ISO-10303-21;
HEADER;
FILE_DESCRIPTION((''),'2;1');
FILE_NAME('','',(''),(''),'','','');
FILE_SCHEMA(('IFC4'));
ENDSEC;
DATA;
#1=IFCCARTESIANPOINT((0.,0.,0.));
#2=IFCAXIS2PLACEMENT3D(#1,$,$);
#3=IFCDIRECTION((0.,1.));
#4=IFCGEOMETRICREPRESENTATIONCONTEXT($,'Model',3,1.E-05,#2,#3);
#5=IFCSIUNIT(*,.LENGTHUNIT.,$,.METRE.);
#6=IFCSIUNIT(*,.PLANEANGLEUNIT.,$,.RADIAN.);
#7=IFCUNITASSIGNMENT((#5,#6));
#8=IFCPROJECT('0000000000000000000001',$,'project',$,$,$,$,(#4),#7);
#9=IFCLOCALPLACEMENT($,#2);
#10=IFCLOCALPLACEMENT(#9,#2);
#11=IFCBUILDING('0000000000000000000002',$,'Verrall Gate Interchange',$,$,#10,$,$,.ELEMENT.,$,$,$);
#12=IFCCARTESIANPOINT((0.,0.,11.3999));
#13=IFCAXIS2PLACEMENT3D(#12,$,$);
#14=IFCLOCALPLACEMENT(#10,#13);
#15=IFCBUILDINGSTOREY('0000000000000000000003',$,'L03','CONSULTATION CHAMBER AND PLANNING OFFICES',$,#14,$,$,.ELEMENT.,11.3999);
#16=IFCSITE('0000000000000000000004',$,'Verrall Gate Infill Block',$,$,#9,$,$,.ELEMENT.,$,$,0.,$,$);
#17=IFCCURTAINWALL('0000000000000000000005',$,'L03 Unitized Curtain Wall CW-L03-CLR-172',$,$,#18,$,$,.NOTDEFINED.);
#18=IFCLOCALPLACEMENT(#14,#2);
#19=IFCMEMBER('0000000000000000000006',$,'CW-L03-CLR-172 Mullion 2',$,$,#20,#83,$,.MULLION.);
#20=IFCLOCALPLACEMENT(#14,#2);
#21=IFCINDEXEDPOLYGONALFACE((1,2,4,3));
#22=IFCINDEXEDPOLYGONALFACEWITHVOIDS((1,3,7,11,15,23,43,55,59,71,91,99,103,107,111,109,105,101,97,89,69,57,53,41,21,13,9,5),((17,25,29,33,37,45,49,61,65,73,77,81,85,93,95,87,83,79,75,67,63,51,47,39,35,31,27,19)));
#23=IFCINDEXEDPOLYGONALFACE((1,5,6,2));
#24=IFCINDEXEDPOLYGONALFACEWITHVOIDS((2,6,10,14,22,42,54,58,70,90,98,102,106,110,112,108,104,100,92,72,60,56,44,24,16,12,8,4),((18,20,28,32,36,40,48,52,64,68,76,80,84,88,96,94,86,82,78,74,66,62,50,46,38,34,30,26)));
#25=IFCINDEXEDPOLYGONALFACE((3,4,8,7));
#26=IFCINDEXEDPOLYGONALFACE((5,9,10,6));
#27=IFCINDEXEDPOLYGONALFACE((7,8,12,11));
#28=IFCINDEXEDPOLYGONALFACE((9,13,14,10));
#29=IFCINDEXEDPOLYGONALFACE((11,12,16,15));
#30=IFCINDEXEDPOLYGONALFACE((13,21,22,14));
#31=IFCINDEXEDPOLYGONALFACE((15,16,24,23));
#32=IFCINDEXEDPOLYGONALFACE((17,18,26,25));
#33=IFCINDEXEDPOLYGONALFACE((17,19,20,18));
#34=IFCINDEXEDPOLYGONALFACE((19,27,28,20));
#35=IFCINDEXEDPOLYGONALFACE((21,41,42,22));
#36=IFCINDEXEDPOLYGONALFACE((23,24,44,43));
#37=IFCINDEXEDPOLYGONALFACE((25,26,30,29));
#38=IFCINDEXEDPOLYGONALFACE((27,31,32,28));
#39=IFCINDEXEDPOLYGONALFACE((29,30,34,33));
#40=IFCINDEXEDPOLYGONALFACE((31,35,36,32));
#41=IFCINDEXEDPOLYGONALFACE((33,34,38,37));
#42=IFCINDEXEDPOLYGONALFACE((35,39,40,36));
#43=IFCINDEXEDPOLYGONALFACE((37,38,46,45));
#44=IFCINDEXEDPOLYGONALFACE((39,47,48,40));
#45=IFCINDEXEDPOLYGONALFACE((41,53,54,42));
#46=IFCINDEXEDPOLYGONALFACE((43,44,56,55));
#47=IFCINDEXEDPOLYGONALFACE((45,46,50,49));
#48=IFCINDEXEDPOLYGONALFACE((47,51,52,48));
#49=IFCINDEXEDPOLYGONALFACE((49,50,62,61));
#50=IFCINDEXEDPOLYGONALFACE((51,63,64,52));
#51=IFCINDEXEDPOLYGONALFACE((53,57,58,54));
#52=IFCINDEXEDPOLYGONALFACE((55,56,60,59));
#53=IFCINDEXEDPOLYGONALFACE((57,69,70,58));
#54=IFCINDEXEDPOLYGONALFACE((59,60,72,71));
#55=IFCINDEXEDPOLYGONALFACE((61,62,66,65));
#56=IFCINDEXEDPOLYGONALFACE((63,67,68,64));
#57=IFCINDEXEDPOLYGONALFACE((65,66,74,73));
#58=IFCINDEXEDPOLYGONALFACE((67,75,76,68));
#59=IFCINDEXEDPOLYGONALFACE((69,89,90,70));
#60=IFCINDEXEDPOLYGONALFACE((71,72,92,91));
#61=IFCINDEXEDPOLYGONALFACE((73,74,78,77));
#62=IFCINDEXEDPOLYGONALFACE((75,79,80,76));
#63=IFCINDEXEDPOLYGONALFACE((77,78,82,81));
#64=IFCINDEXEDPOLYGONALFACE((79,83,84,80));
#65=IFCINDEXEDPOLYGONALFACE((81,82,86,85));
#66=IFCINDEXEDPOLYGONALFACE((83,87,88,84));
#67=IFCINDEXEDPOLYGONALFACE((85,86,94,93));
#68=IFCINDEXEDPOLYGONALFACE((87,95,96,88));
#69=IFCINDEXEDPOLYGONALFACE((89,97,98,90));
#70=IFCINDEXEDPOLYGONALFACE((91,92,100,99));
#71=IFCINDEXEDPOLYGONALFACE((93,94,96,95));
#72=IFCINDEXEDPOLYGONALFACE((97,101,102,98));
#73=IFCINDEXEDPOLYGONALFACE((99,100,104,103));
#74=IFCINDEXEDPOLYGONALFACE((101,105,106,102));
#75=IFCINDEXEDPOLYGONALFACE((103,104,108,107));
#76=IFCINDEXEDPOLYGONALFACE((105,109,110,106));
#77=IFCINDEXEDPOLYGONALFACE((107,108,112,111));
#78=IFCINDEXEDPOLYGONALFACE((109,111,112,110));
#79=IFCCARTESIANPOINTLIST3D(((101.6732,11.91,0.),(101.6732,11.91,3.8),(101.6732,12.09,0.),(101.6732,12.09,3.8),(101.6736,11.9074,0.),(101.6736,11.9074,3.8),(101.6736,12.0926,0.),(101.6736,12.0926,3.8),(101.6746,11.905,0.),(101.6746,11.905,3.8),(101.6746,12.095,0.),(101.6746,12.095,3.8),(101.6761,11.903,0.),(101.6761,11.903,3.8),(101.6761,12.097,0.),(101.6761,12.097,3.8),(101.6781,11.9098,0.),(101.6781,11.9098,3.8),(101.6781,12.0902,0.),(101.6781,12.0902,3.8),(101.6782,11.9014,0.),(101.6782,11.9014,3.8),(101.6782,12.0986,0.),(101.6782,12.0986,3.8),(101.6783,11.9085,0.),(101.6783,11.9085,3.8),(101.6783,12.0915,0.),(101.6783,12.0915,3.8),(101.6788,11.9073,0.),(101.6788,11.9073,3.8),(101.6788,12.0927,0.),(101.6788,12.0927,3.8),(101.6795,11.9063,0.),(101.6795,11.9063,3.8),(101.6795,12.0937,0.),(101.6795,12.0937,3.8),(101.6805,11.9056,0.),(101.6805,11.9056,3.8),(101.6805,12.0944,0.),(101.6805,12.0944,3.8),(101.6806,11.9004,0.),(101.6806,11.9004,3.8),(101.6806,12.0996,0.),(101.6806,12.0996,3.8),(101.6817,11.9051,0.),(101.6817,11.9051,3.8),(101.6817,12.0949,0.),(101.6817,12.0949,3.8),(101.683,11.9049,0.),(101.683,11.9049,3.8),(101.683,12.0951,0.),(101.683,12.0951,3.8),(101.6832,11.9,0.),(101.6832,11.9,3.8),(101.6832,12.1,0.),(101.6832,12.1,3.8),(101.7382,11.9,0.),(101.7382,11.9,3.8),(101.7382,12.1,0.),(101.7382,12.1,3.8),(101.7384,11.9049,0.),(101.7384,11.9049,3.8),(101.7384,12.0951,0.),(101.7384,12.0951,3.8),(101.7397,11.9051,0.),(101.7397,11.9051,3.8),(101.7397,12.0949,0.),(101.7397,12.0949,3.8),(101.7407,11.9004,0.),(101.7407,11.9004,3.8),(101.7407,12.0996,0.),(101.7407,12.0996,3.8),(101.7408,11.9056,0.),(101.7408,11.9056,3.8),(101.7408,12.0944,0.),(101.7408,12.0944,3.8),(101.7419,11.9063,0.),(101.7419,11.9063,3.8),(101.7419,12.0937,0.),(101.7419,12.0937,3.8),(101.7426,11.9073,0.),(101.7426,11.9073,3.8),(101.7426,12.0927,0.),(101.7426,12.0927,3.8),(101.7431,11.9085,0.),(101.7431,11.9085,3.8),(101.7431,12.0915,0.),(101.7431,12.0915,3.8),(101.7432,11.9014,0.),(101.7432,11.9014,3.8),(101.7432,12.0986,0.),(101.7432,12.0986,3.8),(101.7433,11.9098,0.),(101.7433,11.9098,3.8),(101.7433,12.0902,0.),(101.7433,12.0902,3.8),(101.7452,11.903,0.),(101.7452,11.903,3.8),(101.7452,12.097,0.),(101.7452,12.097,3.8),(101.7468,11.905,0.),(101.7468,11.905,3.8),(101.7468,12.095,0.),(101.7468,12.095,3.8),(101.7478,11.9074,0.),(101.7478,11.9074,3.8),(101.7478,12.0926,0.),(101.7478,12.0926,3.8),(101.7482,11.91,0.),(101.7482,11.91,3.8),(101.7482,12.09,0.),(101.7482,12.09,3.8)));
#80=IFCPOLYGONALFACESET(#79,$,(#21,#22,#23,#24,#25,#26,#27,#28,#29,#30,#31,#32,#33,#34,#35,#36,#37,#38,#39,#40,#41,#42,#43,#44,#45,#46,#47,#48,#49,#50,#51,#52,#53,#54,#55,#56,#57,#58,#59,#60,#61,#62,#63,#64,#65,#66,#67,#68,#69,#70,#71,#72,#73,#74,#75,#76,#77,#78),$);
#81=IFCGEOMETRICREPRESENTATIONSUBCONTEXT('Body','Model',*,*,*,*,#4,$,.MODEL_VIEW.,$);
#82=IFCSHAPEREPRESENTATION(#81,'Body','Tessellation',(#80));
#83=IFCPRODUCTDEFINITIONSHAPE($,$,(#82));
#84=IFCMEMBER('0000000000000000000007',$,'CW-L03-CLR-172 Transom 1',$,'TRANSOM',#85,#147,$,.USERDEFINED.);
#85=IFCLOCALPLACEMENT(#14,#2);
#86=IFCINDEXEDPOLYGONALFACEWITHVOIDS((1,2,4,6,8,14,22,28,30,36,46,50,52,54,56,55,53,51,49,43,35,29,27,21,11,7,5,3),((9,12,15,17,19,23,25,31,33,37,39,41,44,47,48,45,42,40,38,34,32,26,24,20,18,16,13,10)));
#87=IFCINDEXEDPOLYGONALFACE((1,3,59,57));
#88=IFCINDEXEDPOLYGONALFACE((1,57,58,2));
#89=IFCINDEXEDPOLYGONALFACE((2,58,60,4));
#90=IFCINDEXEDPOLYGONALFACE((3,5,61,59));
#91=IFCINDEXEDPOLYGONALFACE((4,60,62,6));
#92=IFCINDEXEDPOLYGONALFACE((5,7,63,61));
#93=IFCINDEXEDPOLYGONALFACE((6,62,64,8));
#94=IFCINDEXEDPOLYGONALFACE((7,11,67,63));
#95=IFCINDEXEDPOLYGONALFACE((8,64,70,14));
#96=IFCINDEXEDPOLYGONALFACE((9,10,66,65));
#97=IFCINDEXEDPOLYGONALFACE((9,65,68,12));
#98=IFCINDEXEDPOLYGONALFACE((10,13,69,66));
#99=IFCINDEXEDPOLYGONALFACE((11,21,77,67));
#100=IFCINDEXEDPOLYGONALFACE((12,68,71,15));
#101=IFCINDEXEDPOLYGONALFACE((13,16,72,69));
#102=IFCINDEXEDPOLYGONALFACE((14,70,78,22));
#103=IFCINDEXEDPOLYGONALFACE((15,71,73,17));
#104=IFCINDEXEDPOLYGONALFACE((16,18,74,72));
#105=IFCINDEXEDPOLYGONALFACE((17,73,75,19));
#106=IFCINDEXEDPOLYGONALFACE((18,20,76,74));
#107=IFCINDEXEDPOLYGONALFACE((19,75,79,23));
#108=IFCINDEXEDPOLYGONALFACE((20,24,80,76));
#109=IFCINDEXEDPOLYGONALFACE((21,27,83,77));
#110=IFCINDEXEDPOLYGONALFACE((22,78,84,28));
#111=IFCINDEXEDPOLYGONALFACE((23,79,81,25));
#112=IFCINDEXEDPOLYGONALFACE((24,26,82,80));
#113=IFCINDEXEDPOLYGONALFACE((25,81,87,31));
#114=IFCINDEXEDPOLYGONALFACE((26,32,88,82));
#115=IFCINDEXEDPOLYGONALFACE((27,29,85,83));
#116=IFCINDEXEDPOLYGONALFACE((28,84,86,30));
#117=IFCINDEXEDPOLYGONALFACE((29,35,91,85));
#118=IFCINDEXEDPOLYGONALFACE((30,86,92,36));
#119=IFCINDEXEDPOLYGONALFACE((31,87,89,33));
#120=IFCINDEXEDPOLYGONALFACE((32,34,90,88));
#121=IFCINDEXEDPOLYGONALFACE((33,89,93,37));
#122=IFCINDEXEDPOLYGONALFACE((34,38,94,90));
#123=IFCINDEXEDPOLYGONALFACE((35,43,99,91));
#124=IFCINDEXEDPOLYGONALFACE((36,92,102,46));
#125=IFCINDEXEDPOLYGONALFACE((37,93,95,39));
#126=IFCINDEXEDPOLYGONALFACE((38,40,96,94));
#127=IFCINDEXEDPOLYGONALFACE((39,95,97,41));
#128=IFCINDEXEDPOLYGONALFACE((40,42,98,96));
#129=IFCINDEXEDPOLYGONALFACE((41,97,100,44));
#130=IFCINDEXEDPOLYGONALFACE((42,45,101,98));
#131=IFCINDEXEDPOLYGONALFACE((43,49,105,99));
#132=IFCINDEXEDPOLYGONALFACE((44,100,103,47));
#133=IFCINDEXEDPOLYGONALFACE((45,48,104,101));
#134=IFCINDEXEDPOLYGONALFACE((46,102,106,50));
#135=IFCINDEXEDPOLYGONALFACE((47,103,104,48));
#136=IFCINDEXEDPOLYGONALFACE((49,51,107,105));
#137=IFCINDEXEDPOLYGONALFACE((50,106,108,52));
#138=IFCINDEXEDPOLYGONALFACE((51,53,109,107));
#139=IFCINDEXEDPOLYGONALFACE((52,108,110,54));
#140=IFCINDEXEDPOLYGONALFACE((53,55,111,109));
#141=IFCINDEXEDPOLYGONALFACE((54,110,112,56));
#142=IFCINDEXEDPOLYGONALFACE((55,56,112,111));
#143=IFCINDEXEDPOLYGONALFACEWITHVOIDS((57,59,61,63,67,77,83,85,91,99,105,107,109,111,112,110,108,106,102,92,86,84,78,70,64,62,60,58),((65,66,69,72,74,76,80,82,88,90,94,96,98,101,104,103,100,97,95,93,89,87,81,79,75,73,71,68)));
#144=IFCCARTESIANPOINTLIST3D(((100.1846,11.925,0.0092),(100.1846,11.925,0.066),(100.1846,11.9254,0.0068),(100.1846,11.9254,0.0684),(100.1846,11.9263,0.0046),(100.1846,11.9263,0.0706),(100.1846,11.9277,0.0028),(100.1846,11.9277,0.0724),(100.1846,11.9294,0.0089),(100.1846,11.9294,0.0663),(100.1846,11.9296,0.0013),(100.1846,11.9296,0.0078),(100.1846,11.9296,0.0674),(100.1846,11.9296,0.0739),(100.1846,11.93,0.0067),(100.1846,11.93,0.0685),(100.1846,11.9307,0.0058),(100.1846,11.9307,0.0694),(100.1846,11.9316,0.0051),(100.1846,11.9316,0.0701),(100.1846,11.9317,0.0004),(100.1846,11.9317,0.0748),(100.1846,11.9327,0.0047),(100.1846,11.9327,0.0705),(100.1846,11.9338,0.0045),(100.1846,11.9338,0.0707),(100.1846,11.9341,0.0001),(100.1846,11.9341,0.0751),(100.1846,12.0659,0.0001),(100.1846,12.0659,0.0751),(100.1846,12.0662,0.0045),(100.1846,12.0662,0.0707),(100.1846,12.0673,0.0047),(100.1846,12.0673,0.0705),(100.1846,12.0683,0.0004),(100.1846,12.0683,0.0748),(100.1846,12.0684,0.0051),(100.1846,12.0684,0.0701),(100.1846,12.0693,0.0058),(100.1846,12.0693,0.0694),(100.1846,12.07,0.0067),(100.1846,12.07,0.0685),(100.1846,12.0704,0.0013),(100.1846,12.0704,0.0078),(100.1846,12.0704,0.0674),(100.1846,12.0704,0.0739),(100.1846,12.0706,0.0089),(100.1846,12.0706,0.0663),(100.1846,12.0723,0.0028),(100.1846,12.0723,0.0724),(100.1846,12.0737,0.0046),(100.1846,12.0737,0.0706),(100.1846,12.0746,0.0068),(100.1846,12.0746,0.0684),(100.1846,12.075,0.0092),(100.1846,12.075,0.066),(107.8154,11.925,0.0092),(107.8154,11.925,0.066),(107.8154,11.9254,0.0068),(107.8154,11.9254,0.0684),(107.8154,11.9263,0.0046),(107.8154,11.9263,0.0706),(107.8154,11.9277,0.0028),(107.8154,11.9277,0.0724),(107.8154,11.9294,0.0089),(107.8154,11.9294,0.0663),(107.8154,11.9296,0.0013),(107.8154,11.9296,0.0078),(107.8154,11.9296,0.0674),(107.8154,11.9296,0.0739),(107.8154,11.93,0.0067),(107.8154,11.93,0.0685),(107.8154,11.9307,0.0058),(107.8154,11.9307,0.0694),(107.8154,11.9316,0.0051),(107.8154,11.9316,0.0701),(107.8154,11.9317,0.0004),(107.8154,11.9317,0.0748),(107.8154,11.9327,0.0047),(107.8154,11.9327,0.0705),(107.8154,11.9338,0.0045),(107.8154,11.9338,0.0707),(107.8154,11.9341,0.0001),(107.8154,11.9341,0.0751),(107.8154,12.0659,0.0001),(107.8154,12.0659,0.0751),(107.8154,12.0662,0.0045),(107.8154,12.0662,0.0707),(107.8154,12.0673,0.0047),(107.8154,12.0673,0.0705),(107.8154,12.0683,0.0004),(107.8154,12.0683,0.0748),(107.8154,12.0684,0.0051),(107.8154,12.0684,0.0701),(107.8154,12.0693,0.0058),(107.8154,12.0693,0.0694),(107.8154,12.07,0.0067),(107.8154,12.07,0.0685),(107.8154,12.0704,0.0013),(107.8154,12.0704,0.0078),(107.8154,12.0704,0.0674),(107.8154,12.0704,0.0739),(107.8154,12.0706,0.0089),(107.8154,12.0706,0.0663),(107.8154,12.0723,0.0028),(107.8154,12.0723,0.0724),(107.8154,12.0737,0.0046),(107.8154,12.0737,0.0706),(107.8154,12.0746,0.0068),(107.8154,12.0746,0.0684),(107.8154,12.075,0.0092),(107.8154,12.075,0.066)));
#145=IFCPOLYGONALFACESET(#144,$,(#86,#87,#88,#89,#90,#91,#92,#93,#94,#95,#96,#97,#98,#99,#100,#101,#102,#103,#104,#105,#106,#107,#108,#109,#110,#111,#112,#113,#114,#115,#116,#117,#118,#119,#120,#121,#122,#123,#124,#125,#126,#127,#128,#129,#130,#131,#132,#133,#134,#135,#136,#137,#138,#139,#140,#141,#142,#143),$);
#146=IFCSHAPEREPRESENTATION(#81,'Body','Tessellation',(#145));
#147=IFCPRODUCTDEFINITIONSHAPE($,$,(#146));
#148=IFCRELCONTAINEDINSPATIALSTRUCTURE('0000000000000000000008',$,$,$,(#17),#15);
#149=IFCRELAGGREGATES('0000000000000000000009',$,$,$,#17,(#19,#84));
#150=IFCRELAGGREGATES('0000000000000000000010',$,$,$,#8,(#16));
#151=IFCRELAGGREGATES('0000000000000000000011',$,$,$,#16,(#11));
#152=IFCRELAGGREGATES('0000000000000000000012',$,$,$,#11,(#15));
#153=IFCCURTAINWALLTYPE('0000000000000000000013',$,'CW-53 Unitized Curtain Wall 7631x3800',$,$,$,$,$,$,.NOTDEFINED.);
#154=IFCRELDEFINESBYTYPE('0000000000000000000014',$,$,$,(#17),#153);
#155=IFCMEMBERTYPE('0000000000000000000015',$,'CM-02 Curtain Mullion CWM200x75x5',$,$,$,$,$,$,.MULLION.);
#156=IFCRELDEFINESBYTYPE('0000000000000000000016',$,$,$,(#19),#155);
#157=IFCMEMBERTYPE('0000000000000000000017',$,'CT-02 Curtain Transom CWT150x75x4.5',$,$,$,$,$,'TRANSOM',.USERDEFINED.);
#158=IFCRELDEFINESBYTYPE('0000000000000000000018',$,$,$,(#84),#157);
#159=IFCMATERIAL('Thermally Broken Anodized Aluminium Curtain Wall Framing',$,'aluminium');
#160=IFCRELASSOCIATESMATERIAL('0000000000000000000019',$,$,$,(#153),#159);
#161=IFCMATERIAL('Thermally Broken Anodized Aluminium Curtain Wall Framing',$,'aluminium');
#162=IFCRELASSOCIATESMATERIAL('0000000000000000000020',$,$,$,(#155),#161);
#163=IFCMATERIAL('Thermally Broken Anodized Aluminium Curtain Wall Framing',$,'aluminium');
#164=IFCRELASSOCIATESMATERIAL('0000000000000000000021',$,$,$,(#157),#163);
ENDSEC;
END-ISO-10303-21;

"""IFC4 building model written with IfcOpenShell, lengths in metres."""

from ifc_helpers import new_model, si_unit, direction, frame, origin, origin_2d, place, context, subcontext, project, spatial, hollow_rectangle, extrude, material, material_profile, profile_set, type_object, element, aggregate, save


model = new_model("IFC4")

# Units and contexts
model_context = context("Model", 3, precision=1e-05, world=origin(), true_north=direction((0.0, 1.0)))
body_context = subcontext(model_context, "Body", "Model", "MODEL_VIEW")
ifc_project = project(units=[si_unit("LENGTHUNIT", "METRE"), si_unit("PLANEANGLEUNIT", "RADIAN")], contexts=[model_context])

# Site, building, storey
site_placement = place(None, origin())
site = spatial("IfcSite", under=ifc_project, at=site_placement, Name="Verrall Gate Infill Block", CompositionType="ELEMENT", RefElevation=0.0)
building_placement = place(site_placement, origin())
building = spatial("IfcBuilding", under=site, at=building_placement, Name="Verrall Gate Interchange", CompositionType="ELEMENT")
storey_placement = place(building_placement, frame((0.0, 0.0, 11.3999)))
storey = spatial("IfcBuildingStorey", under=building, at=storey_placement, Name="L03", Description="CONSULTATION CHAMBER AND PLANNING OFFICES", CompositionType="ELEMENT", Elevation=11.3999)

# Curtain wall, members
ifc_material_1 = material(Name="Thermally Broken Anodized Aluminium Curtain Wall Framing", Category="aluminium")
curtain_wall_type = type_object("IfcCurtainWallType", Name="CW-53 Unitized Curtain Wall 7631x3800", PredefinedType="NOTDEFINED", material=ifc_material_1)
ifc_material_2 = material(Name="Thermally Broken Anodized Aluminium Curtain Wall Framing", Category="aluminium")
ifc_material_profile_1 = material_profile(ifc_material_2, hollow_rectangle(XDim=0.075, YDim=0.2, WallThickness=0.0049, InnerFilletRadius=0.0049, OuterFilletRadius=0.01, at=origin_2d()), Name="CWM200x75x5")
ifc_profile_set_1 = profile_set([ifc_material_profile_1], Name="Thermally Broken Anodized Aluminium Curtain Wall Framing")
member_type_1 = type_object("IfcMemberType", Name="CM-02 Curtain Mullion CWM200x75x5", PredefinedType="MULLION", material=ifc_profile_set_1)
curtain_wall_1_placement = place(storey_placement, origin())
curtain_wall_1 = element("IfcCurtainWall", 1, at=curtain_wall_1_placement, inside=storey, type_object=curtain_wall_type, Name="L03 Unitized Curtain Wall CW-L03-CLR-172", PredefinedType="NOTDEFINED")
member_1_placement = place(storey_placement, frame((101.7107, 12.0, 0.0), z_axis=(0.0, 0.0, 1.0), x_axis=(1.0, 0.0, 0.0)))
member_1 = element("IfcMember", 2, at=member_1_placement, type_object=member_type_1, Name="CW-L03-CLR-172 Mullion 2", PredefinedType="MULLION", context=body_context, shape_type="SweptSolid", body=[
    extrude(hollow_rectangle(XDim=0.075, YDim=0.2, WallThickness=0.0049, InnerFilletRadius=0.0049, OuterFilletRadius=0.01, at=origin_2d()), origin(), (0.0, 0.0, 1.0), 3.8),
])
ifc_material_3 = material(Name="Thermally Broken Anodized Aluminium Curtain Wall Framing", Category="aluminium")
ifc_material_profile_2 = material_profile(ifc_material_3, hollow_rectangle(XDim=0.1499, YDim=0.075, WallThickness=0.0044, InnerFilletRadius=0.0044, OuterFilletRadius=0.009, at=origin_2d()), Name="CWT150x75x4.5")
ifc_profile_set_2 = profile_set([ifc_material_profile_2], Name="Thermally Broken Anodized Aluminium Curtain Wall Framing")
member_type_2 = type_object("IfcMemberType", Name="CT-02 Curtain Transom CWT150x75x4.5", ElementType="TRANSOM", PredefinedType="USERDEFINED", material=ifc_profile_set_2)
member_2_placement = place(storey_placement, frame((100.1846, 12.0, 0.0376), z_axis=(1.0, 0.0, 0.0), x_axis=(0.0, 1.0, 0.0)))
member_2 = element("IfcMember", 3, at=member_2_placement, type_object=member_type_2, Name="CW-L03-CLR-172 Transom 1", ObjectType="TRANSOM", PredefinedType="USERDEFINED", context=body_context, shape_type="SweptSolid", body=[
    extrude(hollow_rectangle(XDim=0.1499, YDim=0.075, WallThickness=0.0044, InnerFilletRadius=0.0044, OuterFilletRadius=0.009, at=origin_2d()), origin(), (0.0, 0.0, 1.0), 7.6309),
])

aggregate(curtain_wall_1, [member_1, member_2])

save(model, "model.ifc")
